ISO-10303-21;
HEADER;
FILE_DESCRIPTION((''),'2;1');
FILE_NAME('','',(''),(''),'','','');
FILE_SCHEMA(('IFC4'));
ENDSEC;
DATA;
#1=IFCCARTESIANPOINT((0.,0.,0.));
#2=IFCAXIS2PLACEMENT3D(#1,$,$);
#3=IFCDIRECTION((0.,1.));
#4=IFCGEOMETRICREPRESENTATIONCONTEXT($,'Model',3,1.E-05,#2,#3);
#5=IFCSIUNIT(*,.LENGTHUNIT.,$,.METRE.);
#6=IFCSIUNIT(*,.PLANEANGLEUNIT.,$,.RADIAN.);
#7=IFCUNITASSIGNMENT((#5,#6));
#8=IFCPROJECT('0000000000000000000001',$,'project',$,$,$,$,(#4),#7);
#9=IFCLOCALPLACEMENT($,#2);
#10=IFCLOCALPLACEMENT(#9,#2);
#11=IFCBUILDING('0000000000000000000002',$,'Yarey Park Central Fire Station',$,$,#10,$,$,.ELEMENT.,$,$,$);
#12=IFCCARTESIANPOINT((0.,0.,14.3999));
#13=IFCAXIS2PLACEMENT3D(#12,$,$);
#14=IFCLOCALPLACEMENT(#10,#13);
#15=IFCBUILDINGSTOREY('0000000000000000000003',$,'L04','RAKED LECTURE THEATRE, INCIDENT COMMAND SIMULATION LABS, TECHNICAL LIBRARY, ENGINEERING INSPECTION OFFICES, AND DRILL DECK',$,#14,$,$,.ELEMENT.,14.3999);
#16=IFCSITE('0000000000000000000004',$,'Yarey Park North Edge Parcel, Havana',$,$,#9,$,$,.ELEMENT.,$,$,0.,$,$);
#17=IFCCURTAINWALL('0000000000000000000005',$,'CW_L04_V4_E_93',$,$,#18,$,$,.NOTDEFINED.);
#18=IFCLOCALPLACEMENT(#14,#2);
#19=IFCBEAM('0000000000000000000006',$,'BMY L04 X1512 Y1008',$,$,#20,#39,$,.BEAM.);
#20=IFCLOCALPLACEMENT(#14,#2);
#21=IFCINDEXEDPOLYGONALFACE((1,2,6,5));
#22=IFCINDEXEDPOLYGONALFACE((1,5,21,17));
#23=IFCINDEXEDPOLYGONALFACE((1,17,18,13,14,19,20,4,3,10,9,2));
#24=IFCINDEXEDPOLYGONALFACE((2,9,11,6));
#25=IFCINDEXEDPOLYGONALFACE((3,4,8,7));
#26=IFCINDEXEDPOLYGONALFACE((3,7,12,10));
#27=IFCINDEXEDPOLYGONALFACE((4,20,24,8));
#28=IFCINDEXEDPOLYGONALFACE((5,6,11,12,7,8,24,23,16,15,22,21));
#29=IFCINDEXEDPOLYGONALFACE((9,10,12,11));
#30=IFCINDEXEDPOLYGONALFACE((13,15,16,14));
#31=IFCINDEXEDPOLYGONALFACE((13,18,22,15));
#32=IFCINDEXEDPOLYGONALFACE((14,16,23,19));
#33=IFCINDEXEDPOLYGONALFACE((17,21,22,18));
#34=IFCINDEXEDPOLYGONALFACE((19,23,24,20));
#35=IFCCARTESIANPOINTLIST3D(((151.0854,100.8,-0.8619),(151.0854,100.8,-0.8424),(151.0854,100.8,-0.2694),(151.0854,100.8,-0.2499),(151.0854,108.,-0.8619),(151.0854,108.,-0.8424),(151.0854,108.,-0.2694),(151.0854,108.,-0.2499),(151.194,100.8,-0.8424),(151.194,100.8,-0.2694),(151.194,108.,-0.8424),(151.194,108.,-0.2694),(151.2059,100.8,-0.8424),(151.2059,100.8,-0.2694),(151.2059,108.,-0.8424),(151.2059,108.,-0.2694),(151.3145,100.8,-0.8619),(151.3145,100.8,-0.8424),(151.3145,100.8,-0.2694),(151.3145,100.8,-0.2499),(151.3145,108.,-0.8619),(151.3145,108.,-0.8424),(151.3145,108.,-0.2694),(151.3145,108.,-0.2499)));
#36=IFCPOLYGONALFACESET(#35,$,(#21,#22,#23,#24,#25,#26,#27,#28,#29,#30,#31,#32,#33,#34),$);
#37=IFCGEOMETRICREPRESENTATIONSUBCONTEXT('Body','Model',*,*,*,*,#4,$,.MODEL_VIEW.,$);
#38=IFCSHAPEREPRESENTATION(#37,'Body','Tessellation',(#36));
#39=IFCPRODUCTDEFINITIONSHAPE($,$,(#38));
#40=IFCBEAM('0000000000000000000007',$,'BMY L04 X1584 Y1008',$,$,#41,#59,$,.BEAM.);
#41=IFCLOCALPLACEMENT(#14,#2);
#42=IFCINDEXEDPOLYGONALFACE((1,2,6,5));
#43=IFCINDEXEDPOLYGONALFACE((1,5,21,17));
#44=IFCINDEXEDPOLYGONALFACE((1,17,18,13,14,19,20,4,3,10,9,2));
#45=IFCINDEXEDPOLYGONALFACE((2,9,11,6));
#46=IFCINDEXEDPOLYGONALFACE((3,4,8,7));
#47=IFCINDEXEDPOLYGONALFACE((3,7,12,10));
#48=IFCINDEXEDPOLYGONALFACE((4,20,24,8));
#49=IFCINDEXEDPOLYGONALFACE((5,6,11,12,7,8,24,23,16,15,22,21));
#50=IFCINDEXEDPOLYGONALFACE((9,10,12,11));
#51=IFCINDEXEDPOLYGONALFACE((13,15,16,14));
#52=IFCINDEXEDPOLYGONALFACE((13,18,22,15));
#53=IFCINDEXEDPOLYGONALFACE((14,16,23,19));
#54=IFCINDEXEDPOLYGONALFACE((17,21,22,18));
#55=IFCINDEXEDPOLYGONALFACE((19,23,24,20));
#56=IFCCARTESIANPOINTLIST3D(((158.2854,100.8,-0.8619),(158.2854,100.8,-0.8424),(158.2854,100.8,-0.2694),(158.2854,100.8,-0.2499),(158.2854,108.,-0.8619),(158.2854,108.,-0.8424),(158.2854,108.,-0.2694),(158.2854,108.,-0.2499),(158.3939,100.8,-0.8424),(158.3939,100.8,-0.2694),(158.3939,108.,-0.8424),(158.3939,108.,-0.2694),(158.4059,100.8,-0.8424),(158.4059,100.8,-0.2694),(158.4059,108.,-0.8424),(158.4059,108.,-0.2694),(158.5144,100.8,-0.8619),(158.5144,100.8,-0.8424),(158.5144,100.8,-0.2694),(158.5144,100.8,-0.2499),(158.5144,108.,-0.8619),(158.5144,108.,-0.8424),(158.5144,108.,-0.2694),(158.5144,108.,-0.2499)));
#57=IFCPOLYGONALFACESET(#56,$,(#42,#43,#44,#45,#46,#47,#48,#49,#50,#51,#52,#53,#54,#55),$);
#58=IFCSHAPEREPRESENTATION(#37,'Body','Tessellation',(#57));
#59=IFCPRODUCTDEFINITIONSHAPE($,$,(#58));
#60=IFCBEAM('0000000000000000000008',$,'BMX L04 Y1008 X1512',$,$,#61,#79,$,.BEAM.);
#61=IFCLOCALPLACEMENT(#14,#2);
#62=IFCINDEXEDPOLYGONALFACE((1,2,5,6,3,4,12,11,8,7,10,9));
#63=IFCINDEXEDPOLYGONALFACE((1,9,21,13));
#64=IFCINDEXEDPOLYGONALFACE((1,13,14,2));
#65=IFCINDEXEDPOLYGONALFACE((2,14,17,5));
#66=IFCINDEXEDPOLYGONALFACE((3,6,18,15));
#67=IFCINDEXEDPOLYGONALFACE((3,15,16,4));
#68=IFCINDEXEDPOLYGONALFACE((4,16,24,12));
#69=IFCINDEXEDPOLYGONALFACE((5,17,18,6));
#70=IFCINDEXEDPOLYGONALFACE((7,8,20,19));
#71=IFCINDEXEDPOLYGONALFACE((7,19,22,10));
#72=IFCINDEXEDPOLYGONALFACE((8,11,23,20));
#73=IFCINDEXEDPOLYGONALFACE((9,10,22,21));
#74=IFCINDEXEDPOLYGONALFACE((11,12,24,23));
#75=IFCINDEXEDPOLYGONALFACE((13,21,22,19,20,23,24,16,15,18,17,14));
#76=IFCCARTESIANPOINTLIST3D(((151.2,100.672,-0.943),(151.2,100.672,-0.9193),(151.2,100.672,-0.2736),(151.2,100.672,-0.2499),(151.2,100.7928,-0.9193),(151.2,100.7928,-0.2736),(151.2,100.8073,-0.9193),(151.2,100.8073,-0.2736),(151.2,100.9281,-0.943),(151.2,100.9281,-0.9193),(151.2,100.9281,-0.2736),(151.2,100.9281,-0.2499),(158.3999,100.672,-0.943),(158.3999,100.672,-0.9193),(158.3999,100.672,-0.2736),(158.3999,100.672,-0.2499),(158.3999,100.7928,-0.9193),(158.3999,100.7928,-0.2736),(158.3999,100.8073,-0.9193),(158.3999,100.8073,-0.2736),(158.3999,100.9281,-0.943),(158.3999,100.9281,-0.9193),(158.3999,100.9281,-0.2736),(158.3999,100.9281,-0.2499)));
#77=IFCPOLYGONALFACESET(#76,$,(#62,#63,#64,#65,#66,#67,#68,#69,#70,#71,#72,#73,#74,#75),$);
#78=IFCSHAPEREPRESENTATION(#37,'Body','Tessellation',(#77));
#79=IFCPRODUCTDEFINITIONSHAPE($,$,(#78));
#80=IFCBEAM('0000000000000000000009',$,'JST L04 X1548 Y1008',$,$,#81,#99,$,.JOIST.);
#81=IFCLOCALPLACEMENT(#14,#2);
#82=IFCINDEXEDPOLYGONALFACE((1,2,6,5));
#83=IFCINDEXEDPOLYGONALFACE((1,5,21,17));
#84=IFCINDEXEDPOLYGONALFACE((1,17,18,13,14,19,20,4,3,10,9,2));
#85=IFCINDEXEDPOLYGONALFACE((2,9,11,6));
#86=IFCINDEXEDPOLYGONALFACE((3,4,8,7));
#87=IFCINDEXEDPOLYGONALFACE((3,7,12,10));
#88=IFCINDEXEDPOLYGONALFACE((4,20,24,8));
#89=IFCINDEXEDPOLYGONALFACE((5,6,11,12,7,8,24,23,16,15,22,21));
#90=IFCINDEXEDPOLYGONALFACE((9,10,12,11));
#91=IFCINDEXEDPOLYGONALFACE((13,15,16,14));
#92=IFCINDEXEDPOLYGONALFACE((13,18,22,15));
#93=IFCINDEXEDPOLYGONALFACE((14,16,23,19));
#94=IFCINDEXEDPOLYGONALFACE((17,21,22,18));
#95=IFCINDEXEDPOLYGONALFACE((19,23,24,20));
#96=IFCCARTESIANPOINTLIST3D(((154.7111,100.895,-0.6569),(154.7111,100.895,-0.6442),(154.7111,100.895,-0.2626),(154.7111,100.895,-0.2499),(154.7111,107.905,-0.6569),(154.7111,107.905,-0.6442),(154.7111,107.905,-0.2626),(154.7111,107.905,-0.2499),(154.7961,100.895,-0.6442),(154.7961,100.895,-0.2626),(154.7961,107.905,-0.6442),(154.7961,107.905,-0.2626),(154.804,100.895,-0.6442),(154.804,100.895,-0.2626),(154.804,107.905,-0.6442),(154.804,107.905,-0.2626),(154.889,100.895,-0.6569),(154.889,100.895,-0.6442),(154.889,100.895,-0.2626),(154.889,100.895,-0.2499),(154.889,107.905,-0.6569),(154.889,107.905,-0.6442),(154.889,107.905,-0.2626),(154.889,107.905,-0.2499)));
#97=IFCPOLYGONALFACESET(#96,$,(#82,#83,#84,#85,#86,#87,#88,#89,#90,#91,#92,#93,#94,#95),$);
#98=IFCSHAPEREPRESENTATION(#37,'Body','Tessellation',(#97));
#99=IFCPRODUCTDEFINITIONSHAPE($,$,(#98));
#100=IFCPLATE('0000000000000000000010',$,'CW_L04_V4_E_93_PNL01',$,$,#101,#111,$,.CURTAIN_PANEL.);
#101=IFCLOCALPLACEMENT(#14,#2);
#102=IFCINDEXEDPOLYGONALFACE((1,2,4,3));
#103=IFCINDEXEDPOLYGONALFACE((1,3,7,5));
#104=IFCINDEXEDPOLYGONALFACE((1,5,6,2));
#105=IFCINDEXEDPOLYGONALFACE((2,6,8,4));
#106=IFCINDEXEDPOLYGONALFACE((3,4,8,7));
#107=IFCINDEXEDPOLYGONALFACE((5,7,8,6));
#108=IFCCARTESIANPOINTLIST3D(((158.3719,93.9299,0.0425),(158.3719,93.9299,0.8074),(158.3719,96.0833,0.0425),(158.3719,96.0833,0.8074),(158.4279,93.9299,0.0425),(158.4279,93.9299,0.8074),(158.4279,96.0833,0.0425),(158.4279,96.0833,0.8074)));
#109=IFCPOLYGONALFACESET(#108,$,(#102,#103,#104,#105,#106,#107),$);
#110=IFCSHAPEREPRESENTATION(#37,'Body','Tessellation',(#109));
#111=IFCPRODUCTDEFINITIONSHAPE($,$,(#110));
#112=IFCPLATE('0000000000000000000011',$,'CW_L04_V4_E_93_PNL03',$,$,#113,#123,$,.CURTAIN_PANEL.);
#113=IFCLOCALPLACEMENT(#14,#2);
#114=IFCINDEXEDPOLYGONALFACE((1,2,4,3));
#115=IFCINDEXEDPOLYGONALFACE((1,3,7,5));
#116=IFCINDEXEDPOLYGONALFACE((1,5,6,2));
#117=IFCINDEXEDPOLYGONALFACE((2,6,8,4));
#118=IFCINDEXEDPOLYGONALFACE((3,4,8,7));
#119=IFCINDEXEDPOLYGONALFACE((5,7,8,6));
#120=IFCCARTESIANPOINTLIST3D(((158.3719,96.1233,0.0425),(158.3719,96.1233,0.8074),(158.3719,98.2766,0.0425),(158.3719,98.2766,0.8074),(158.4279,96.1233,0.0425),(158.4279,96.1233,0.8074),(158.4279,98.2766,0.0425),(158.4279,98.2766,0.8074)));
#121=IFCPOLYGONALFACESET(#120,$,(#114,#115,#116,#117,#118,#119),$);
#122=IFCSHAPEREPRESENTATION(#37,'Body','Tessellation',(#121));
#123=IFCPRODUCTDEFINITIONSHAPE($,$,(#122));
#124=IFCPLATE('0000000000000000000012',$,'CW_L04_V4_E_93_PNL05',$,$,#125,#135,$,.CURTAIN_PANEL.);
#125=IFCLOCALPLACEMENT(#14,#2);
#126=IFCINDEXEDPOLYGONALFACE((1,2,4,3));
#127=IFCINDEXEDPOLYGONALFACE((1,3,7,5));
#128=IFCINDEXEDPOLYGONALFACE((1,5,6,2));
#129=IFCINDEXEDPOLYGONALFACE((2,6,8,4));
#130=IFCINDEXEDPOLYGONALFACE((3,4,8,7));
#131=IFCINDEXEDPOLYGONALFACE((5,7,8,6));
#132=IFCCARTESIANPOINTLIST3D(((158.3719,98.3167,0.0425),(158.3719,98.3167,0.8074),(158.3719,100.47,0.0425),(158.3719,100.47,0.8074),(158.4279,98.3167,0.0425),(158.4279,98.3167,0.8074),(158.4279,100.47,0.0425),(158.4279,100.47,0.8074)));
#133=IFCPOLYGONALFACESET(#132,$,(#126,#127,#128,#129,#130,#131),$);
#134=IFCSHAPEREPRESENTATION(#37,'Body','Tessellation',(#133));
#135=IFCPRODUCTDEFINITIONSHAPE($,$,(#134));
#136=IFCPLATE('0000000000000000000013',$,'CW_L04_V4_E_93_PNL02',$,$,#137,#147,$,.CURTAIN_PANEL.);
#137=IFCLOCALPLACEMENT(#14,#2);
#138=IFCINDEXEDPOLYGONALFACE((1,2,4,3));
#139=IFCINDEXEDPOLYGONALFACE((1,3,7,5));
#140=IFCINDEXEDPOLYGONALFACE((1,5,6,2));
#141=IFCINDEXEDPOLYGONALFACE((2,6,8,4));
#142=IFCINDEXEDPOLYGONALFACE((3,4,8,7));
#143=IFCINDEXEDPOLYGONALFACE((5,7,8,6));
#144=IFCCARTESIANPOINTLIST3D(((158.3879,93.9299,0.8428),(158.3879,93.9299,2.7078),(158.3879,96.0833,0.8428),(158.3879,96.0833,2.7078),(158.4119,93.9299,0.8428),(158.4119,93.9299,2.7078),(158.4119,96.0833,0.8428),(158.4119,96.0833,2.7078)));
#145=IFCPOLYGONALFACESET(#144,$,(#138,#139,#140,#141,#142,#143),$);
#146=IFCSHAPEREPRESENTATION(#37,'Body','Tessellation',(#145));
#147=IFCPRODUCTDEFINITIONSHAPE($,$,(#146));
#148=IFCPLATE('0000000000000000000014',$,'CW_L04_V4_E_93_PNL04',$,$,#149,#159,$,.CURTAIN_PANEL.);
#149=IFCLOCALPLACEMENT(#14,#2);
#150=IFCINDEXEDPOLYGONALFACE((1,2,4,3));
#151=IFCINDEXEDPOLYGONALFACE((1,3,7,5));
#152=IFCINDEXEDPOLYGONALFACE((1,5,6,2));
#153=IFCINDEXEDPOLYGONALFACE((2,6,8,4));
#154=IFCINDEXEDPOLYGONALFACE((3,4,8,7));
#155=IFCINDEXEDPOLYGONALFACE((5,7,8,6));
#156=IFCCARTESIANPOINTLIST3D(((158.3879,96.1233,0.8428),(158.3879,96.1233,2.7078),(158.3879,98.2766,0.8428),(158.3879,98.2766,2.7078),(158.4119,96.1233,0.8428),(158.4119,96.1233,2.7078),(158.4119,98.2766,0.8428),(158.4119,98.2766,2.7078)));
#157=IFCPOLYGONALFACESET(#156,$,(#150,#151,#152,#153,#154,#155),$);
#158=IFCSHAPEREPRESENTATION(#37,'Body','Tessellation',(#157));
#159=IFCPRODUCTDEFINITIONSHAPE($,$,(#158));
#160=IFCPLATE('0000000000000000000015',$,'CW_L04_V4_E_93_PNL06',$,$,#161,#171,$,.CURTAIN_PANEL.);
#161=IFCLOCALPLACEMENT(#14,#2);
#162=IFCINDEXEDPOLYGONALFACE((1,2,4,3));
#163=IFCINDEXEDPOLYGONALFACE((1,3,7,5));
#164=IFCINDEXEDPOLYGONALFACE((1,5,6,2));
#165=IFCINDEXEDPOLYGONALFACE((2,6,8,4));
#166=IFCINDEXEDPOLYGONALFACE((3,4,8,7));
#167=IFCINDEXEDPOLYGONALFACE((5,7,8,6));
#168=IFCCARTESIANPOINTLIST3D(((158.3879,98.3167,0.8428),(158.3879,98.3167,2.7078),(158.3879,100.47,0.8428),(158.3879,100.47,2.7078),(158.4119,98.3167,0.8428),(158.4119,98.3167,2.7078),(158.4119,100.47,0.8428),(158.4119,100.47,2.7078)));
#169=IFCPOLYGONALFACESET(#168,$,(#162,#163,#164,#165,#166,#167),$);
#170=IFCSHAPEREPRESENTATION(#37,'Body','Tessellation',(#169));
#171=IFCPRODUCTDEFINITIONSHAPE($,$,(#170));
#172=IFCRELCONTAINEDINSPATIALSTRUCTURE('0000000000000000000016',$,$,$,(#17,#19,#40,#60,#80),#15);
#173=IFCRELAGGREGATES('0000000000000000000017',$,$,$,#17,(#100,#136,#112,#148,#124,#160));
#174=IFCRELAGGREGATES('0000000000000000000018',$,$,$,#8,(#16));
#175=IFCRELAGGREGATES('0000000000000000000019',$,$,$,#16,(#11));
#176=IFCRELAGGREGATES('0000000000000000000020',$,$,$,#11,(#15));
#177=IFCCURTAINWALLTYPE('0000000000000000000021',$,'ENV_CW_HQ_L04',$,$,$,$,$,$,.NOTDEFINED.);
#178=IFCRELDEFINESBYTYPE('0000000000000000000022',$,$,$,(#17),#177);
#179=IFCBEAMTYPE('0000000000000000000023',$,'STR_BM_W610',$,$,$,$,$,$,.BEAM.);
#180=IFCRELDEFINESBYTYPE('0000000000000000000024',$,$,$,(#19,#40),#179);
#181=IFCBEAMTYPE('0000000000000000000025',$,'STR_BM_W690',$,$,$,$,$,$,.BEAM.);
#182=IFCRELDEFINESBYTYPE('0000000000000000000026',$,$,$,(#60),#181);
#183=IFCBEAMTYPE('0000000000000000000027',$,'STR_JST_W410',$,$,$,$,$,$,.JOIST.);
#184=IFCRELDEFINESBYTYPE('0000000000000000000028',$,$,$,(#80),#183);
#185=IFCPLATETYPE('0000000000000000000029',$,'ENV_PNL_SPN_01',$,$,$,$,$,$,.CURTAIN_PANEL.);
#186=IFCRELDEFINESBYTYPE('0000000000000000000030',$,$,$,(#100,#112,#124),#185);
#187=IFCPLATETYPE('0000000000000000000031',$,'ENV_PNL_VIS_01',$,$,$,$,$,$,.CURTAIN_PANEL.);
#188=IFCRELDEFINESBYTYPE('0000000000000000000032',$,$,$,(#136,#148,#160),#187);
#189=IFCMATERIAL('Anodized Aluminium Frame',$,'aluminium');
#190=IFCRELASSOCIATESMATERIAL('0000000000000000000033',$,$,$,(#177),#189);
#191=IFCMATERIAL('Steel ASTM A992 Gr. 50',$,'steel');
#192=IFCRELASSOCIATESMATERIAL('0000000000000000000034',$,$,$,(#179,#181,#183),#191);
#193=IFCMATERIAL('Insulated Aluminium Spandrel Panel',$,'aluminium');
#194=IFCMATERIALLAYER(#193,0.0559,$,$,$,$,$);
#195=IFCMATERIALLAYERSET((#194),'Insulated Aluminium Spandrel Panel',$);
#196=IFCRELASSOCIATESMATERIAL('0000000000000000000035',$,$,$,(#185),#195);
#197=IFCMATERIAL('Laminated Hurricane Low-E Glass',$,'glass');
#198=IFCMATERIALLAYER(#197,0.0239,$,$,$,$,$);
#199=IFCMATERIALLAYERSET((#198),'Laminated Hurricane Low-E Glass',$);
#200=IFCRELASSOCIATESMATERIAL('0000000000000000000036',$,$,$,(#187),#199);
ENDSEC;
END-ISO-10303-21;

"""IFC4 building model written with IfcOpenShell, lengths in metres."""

from ifc_helpers import new_model, si_unit, direction, frame, origin, origin_2d, place, context, subcontext, project, spatial, rectangle, i_section, extrude, material, layer, layer_set, material_profile, profile_set, type_object, element, aggregate, save


model = new_model("IFC4")

# Units and contexts
model_context = context("Model", 3, precision=1e-05, world=origin(), true_north=direction((0.0, 1.0)))
body_context = subcontext(model_context, "Body", "Model", "MODEL_VIEW")
ifc_project = project(units=[si_unit("LENGTHUNIT", "METRE"), si_unit("PLANEANGLEUNIT", "RADIAN")], contexts=[model_context])

# Site, building, storey
site_placement = place(None, origin())
site = spatial("IfcSite", under=ifc_project, at=site_placement, Name="Yarey Park North Edge Parcel, Havana", CompositionType="ELEMENT", RefElevation=0.0)
building_placement = place(site_placement, origin())
building = spatial("IfcBuilding", under=site, at=building_placement, Name="Yarey Park Central Fire Station", CompositionType="ELEMENT")
storey_placement = place(building_placement, frame((0.0, 0.0, 14.3999)))
storey = spatial("IfcBuildingStorey", under=building, at=storey_placement, Name="L04", Description="RAKED LECTURE THEATRE, INCIDENT COMMAND SIMULATION LABS, TECHNICAL LIBRARY, ENGINEERING INSPECTION OFFICES, AND DRILL DECK", CompositionType="ELEMENT", Elevation=14.3999)

# Curtain wall
ifc_material_1 = material(Name="Anodized Aluminium Frame", Category="aluminium")
curtain_wall_type = type_object("IfcCurtainWallType", Name="ENV_CW_HQ_L04", PredefinedType="NOTDEFINED", material=ifc_material_1)
curtain_wall_1_placement = place(storey_placement, origin())
curtain_wall_1 = element("IfcCurtainWall", 1, at=curtain_wall_1_placement, inside=storey, type_object=curtain_wall_type, Name="CW_L04_V4_E_93", PredefinedType="NOTDEFINED")

# Beams
ifc_material_2 = material(Name="Steel ASTM A992 Gr. 50", Category="steel")
ifc_material_profile_1 = material_profile(ifc_material_2, i_section(OverallWidth=0.229, OverallDepth=0.6121, WebThickness=0.012, FlangeThickness=0.0195, at=origin_2d()), Name="W610x125")
ifc_profile_set_1 = profile_set([ifc_material_profile_1], Name="Steel ASTM A992 Gr. 50")
beam_type_1 = type_object("IfcBeamType", Name="STR_BM_W610", PredefinedType="BEAM", material=ifc_profile_set_1)
for number, where, z_axis, x_axis, name in (
    (2, (151.2, 100.8, -0.5559), (0.0, 1.0, 0.0), (-1.0, 0.0, 0.0), "BMY L04 X1512 Y1008"),
    (3, (158.3999, 100.8, -0.5559), (0.0, 1.0, 0.0), (-1.0, 0.0, 0.0), "BMY L04 X1584 Y1008"),
):
    element("IfcBeam", number, at=place(storey_placement, frame(where, z_axis=z_axis, x_axis=x_axis)), inside=storey, type_object=beam_type_1, Name=name, PredefinedType="BEAM", context=body_context, shape_type="SweptSolid", body=[
        extrude(i_section(OverallWidth=0.229, OverallDepth=0.6121, WebThickness=0.012, FlangeThickness=0.0195, at=origin_2d()), origin(), (0.0, 0.0, 1.0), 7.2),
    ])
ifc_material_profile_2 = material_profile(ifc_material_2, i_section(OverallWidth=0.2561, OverallDepth=0.6931, WebThickness=0.0144, FlangeThickness=0.0237, at=origin_2d()), Name="W690x170")
ifc_profile_set_2 = profile_set([ifc_material_profile_2], Name="Steel ASTM A992 Gr. 50")
beam_type_2 = type_object("IfcBeamType", Name="STR_BM_W690", PredefinedType="BEAM", material=ifc_profile_set_2)
beam_1_placement = place(storey_placement, frame((151.2, 100.8, -0.5964), z_axis=(1.0, 0.0, 0.0), x_axis=(0.0, 1.0, 0.0)))
element("IfcBeam", 4, at=beam_1_placement, inside=storey, type_object=beam_type_2, Name="BMX L04 Y1008 X1512", PredefinedType="BEAM", context=body_context, shape_type="SweptSolid", body=[
    extrude(i_section(OverallWidth=0.2561, OverallDepth=0.6931, WebThickness=0.0144, FlangeThickness=0.0237, at=origin_2d()), origin(), (0.0, 0.0, 1.0), 7.2),
])
ifc_material_profile_3 = material_profile(ifc_material_2, i_section(OverallWidth=0.178, OverallDepth=0.407, WebThickness=0.0078, FlangeThickness=0.0127, at=origin_2d()), Name="W410x60")
ifc_profile_set_3 = profile_set([ifc_material_profile_3], Name="Steel ASTM A992 Gr. 50")
beam_type_3 = type_object("IfcBeamType", Name="STR_JST_W410", PredefinedType="JOIST", material=ifc_profile_set_3)
beam_2_placement = place(storey_placement, frame((154.8, 100.895, -0.4534), z_axis=(0.0, 1.0, 0.0), x_axis=(-1.0, 0.0, 0.0)))
element("IfcBeam", 5, at=beam_2_placement, inside=storey, type_object=beam_type_3, Name="JST L04 X1548 Y1008", PredefinedType="JOIST", context=body_context, shape_type="SweptSolid", body=[
    extrude(i_section(OverallWidth=0.178, OverallDepth=0.407, WebThickness=0.0078, FlangeThickness=0.0127, at=origin_2d()), origin(), (0.0, 0.0, 1.0), 7.01),
])

# Plates
ifc_material_3 = material(Name="Insulated Aluminium Spandrel Panel", Category="aluminium")
ifc_layer_1 = layer(ifc_material_3, 0.0559)
ifc_layer_set_1 = layer_set([ifc_layer_1], Name="Insulated Aluminium Spandrel Panel")
plate_type_1 = type_object("IfcPlateType", Name="ENV_PNL_SPN_01", PredefinedType="CURTAIN_PANEL", material=ifc_layer_set_1)
plate_1_placement = place(storey_placement, frame((158.3999, 95.0066, 0.0425), z_axis=(0.0, 0.0, 1.0), x_axis=(0.0, 1.0, 0.0)))
plate_1 = element("IfcPlate", 6, at=plate_1_placement, type_object=plate_type_1, Name="CW_L04_V4_E_93_PNL01", PredefinedType="CURTAIN_PANEL", context=body_context, shape_type="SweptSolid", body=[
    extrude(rectangle(XDim=2.1533, YDim=0.0559, at=origin_2d()), origin(), (0.0, 0.0, 1.0), 0.7649),
])
plate_2_placement = place(storey_placement, frame((158.3999, 97.2, 0.0425), z_axis=(0.0, 0.0, 1.0), x_axis=(0.0, 1.0, 0.0)))
plate_2 = element("IfcPlate", 7, at=plate_2_placement, type_object=plate_type_1, Name="CW_L04_V4_E_93_PNL03", PredefinedType="CURTAIN_PANEL", context=body_context, shape_type="SweptSolid", body=[
    extrude(rectangle(XDim=2.1533, YDim=0.0559, at=origin_2d()), origin(), (0.0, 0.0, 1.0), 0.7649),
])
plate_3_placement = place(storey_placement, frame((158.3999, 99.3933, 0.0425), z_axis=(0.0, 0.0, 1.0), x_axis=(0.0, 1.0, 0.0)))
plate_3 = element("IfcPlate", 8, at=plate_3_placement, type_object=plate_type_1, Name="CW_L04_V4_E_93_PNL05", PredefinedType="CURTAIN_PANEL", context=body_context, shape_type="SweptSolid", body=[
    extrude(rectangle(XDim=2.1533, YDim=0.0559, at=origin_2d()), origin(), (0.0, 0.0, 1.0), 0.7649),
])
ifc_material_4 = material(Name="Laminated Hurricane Low-E Glass", Category="glass")
ifc_layer_2 = layer(ifc_material_4, 0.0239)
ifc_layer_set_2 = layer_set([ifc_layer_2], Name="Laminated Hurricane Low-E Glass")
plate_type_2 = type_object("IfcPlateType", Name="ENV_PNL_VIS_01", PredefinedType="CURTAIN_PANEL", material=ifc_layer_set_2)
plate_4_placement = place(storey_placement, frame((158.3999, 95.0066, 0.8428), z_axis=(0.0, 0.0, 1.0), x_axis=(0.0, 1.0, 0.0)))
plate_4 = element("IfcPlate", 9, at=plate_4_placement, type_object=plate_type_2, Name="CW_L04_V4_E_93_PNL02", PredefinedType="CURTAIN_PANEL", context=body_context, shape_type="SweptSolid", body=[
    extrude(rectangle(XDim=2.1533, YDim=0.0239, at=origin_2d()), origin(), (0.0, 0.0, 1.0), 1.865),
])
plate_5_placement = place(storey_placement, frame((158.3999, 97.2, 0.8428), z_axis=(0.0, 0.0, 1.0), x_axis=(0.0, 1.0, 0.0)))
plate_5 = element("IfcPlate", 10, at=plate_5_placement, type_object=plate_type_2, Name="CW_L04_V4_E_93_PNL04", PredefinedType="CURTAIN_PANEL", context=body_context, shape_type="SweptSolid", body=[
    extrude(rectangle(XDim=2.1533, YDim=0.0239, at=origin_2d()), origin(), (0.0, 0.0, 1.0), 1.865),
])
plate_6_placement = place(storey_placement, frame((158.3999, 99.3933, 0.8428), z_axis=(0.0, 0.0, 1.0), x_axis=(0.0, 1.0, 0.0)))
plate_6 = element("IfcPlate", 11, at=plate_6_placement, type_object=plate_type_2, Name="CW_L04_V4_E_93_PNL06", PredefinedType="CURTAIN_PANEL", context=body_context, shape_type="SweptSolid", body=[
    extrude(rectangle(XDim=2.1533, YDim=0.0239, at=origin_2d()), origin(), (0.0, 0.0, 1.0), 1.865),
])
aggregate(curtain_wall_1, [plate_1, plate_4, plate_2, plate_5, plate_3, plate_6])

save(model, "model.ifc")
